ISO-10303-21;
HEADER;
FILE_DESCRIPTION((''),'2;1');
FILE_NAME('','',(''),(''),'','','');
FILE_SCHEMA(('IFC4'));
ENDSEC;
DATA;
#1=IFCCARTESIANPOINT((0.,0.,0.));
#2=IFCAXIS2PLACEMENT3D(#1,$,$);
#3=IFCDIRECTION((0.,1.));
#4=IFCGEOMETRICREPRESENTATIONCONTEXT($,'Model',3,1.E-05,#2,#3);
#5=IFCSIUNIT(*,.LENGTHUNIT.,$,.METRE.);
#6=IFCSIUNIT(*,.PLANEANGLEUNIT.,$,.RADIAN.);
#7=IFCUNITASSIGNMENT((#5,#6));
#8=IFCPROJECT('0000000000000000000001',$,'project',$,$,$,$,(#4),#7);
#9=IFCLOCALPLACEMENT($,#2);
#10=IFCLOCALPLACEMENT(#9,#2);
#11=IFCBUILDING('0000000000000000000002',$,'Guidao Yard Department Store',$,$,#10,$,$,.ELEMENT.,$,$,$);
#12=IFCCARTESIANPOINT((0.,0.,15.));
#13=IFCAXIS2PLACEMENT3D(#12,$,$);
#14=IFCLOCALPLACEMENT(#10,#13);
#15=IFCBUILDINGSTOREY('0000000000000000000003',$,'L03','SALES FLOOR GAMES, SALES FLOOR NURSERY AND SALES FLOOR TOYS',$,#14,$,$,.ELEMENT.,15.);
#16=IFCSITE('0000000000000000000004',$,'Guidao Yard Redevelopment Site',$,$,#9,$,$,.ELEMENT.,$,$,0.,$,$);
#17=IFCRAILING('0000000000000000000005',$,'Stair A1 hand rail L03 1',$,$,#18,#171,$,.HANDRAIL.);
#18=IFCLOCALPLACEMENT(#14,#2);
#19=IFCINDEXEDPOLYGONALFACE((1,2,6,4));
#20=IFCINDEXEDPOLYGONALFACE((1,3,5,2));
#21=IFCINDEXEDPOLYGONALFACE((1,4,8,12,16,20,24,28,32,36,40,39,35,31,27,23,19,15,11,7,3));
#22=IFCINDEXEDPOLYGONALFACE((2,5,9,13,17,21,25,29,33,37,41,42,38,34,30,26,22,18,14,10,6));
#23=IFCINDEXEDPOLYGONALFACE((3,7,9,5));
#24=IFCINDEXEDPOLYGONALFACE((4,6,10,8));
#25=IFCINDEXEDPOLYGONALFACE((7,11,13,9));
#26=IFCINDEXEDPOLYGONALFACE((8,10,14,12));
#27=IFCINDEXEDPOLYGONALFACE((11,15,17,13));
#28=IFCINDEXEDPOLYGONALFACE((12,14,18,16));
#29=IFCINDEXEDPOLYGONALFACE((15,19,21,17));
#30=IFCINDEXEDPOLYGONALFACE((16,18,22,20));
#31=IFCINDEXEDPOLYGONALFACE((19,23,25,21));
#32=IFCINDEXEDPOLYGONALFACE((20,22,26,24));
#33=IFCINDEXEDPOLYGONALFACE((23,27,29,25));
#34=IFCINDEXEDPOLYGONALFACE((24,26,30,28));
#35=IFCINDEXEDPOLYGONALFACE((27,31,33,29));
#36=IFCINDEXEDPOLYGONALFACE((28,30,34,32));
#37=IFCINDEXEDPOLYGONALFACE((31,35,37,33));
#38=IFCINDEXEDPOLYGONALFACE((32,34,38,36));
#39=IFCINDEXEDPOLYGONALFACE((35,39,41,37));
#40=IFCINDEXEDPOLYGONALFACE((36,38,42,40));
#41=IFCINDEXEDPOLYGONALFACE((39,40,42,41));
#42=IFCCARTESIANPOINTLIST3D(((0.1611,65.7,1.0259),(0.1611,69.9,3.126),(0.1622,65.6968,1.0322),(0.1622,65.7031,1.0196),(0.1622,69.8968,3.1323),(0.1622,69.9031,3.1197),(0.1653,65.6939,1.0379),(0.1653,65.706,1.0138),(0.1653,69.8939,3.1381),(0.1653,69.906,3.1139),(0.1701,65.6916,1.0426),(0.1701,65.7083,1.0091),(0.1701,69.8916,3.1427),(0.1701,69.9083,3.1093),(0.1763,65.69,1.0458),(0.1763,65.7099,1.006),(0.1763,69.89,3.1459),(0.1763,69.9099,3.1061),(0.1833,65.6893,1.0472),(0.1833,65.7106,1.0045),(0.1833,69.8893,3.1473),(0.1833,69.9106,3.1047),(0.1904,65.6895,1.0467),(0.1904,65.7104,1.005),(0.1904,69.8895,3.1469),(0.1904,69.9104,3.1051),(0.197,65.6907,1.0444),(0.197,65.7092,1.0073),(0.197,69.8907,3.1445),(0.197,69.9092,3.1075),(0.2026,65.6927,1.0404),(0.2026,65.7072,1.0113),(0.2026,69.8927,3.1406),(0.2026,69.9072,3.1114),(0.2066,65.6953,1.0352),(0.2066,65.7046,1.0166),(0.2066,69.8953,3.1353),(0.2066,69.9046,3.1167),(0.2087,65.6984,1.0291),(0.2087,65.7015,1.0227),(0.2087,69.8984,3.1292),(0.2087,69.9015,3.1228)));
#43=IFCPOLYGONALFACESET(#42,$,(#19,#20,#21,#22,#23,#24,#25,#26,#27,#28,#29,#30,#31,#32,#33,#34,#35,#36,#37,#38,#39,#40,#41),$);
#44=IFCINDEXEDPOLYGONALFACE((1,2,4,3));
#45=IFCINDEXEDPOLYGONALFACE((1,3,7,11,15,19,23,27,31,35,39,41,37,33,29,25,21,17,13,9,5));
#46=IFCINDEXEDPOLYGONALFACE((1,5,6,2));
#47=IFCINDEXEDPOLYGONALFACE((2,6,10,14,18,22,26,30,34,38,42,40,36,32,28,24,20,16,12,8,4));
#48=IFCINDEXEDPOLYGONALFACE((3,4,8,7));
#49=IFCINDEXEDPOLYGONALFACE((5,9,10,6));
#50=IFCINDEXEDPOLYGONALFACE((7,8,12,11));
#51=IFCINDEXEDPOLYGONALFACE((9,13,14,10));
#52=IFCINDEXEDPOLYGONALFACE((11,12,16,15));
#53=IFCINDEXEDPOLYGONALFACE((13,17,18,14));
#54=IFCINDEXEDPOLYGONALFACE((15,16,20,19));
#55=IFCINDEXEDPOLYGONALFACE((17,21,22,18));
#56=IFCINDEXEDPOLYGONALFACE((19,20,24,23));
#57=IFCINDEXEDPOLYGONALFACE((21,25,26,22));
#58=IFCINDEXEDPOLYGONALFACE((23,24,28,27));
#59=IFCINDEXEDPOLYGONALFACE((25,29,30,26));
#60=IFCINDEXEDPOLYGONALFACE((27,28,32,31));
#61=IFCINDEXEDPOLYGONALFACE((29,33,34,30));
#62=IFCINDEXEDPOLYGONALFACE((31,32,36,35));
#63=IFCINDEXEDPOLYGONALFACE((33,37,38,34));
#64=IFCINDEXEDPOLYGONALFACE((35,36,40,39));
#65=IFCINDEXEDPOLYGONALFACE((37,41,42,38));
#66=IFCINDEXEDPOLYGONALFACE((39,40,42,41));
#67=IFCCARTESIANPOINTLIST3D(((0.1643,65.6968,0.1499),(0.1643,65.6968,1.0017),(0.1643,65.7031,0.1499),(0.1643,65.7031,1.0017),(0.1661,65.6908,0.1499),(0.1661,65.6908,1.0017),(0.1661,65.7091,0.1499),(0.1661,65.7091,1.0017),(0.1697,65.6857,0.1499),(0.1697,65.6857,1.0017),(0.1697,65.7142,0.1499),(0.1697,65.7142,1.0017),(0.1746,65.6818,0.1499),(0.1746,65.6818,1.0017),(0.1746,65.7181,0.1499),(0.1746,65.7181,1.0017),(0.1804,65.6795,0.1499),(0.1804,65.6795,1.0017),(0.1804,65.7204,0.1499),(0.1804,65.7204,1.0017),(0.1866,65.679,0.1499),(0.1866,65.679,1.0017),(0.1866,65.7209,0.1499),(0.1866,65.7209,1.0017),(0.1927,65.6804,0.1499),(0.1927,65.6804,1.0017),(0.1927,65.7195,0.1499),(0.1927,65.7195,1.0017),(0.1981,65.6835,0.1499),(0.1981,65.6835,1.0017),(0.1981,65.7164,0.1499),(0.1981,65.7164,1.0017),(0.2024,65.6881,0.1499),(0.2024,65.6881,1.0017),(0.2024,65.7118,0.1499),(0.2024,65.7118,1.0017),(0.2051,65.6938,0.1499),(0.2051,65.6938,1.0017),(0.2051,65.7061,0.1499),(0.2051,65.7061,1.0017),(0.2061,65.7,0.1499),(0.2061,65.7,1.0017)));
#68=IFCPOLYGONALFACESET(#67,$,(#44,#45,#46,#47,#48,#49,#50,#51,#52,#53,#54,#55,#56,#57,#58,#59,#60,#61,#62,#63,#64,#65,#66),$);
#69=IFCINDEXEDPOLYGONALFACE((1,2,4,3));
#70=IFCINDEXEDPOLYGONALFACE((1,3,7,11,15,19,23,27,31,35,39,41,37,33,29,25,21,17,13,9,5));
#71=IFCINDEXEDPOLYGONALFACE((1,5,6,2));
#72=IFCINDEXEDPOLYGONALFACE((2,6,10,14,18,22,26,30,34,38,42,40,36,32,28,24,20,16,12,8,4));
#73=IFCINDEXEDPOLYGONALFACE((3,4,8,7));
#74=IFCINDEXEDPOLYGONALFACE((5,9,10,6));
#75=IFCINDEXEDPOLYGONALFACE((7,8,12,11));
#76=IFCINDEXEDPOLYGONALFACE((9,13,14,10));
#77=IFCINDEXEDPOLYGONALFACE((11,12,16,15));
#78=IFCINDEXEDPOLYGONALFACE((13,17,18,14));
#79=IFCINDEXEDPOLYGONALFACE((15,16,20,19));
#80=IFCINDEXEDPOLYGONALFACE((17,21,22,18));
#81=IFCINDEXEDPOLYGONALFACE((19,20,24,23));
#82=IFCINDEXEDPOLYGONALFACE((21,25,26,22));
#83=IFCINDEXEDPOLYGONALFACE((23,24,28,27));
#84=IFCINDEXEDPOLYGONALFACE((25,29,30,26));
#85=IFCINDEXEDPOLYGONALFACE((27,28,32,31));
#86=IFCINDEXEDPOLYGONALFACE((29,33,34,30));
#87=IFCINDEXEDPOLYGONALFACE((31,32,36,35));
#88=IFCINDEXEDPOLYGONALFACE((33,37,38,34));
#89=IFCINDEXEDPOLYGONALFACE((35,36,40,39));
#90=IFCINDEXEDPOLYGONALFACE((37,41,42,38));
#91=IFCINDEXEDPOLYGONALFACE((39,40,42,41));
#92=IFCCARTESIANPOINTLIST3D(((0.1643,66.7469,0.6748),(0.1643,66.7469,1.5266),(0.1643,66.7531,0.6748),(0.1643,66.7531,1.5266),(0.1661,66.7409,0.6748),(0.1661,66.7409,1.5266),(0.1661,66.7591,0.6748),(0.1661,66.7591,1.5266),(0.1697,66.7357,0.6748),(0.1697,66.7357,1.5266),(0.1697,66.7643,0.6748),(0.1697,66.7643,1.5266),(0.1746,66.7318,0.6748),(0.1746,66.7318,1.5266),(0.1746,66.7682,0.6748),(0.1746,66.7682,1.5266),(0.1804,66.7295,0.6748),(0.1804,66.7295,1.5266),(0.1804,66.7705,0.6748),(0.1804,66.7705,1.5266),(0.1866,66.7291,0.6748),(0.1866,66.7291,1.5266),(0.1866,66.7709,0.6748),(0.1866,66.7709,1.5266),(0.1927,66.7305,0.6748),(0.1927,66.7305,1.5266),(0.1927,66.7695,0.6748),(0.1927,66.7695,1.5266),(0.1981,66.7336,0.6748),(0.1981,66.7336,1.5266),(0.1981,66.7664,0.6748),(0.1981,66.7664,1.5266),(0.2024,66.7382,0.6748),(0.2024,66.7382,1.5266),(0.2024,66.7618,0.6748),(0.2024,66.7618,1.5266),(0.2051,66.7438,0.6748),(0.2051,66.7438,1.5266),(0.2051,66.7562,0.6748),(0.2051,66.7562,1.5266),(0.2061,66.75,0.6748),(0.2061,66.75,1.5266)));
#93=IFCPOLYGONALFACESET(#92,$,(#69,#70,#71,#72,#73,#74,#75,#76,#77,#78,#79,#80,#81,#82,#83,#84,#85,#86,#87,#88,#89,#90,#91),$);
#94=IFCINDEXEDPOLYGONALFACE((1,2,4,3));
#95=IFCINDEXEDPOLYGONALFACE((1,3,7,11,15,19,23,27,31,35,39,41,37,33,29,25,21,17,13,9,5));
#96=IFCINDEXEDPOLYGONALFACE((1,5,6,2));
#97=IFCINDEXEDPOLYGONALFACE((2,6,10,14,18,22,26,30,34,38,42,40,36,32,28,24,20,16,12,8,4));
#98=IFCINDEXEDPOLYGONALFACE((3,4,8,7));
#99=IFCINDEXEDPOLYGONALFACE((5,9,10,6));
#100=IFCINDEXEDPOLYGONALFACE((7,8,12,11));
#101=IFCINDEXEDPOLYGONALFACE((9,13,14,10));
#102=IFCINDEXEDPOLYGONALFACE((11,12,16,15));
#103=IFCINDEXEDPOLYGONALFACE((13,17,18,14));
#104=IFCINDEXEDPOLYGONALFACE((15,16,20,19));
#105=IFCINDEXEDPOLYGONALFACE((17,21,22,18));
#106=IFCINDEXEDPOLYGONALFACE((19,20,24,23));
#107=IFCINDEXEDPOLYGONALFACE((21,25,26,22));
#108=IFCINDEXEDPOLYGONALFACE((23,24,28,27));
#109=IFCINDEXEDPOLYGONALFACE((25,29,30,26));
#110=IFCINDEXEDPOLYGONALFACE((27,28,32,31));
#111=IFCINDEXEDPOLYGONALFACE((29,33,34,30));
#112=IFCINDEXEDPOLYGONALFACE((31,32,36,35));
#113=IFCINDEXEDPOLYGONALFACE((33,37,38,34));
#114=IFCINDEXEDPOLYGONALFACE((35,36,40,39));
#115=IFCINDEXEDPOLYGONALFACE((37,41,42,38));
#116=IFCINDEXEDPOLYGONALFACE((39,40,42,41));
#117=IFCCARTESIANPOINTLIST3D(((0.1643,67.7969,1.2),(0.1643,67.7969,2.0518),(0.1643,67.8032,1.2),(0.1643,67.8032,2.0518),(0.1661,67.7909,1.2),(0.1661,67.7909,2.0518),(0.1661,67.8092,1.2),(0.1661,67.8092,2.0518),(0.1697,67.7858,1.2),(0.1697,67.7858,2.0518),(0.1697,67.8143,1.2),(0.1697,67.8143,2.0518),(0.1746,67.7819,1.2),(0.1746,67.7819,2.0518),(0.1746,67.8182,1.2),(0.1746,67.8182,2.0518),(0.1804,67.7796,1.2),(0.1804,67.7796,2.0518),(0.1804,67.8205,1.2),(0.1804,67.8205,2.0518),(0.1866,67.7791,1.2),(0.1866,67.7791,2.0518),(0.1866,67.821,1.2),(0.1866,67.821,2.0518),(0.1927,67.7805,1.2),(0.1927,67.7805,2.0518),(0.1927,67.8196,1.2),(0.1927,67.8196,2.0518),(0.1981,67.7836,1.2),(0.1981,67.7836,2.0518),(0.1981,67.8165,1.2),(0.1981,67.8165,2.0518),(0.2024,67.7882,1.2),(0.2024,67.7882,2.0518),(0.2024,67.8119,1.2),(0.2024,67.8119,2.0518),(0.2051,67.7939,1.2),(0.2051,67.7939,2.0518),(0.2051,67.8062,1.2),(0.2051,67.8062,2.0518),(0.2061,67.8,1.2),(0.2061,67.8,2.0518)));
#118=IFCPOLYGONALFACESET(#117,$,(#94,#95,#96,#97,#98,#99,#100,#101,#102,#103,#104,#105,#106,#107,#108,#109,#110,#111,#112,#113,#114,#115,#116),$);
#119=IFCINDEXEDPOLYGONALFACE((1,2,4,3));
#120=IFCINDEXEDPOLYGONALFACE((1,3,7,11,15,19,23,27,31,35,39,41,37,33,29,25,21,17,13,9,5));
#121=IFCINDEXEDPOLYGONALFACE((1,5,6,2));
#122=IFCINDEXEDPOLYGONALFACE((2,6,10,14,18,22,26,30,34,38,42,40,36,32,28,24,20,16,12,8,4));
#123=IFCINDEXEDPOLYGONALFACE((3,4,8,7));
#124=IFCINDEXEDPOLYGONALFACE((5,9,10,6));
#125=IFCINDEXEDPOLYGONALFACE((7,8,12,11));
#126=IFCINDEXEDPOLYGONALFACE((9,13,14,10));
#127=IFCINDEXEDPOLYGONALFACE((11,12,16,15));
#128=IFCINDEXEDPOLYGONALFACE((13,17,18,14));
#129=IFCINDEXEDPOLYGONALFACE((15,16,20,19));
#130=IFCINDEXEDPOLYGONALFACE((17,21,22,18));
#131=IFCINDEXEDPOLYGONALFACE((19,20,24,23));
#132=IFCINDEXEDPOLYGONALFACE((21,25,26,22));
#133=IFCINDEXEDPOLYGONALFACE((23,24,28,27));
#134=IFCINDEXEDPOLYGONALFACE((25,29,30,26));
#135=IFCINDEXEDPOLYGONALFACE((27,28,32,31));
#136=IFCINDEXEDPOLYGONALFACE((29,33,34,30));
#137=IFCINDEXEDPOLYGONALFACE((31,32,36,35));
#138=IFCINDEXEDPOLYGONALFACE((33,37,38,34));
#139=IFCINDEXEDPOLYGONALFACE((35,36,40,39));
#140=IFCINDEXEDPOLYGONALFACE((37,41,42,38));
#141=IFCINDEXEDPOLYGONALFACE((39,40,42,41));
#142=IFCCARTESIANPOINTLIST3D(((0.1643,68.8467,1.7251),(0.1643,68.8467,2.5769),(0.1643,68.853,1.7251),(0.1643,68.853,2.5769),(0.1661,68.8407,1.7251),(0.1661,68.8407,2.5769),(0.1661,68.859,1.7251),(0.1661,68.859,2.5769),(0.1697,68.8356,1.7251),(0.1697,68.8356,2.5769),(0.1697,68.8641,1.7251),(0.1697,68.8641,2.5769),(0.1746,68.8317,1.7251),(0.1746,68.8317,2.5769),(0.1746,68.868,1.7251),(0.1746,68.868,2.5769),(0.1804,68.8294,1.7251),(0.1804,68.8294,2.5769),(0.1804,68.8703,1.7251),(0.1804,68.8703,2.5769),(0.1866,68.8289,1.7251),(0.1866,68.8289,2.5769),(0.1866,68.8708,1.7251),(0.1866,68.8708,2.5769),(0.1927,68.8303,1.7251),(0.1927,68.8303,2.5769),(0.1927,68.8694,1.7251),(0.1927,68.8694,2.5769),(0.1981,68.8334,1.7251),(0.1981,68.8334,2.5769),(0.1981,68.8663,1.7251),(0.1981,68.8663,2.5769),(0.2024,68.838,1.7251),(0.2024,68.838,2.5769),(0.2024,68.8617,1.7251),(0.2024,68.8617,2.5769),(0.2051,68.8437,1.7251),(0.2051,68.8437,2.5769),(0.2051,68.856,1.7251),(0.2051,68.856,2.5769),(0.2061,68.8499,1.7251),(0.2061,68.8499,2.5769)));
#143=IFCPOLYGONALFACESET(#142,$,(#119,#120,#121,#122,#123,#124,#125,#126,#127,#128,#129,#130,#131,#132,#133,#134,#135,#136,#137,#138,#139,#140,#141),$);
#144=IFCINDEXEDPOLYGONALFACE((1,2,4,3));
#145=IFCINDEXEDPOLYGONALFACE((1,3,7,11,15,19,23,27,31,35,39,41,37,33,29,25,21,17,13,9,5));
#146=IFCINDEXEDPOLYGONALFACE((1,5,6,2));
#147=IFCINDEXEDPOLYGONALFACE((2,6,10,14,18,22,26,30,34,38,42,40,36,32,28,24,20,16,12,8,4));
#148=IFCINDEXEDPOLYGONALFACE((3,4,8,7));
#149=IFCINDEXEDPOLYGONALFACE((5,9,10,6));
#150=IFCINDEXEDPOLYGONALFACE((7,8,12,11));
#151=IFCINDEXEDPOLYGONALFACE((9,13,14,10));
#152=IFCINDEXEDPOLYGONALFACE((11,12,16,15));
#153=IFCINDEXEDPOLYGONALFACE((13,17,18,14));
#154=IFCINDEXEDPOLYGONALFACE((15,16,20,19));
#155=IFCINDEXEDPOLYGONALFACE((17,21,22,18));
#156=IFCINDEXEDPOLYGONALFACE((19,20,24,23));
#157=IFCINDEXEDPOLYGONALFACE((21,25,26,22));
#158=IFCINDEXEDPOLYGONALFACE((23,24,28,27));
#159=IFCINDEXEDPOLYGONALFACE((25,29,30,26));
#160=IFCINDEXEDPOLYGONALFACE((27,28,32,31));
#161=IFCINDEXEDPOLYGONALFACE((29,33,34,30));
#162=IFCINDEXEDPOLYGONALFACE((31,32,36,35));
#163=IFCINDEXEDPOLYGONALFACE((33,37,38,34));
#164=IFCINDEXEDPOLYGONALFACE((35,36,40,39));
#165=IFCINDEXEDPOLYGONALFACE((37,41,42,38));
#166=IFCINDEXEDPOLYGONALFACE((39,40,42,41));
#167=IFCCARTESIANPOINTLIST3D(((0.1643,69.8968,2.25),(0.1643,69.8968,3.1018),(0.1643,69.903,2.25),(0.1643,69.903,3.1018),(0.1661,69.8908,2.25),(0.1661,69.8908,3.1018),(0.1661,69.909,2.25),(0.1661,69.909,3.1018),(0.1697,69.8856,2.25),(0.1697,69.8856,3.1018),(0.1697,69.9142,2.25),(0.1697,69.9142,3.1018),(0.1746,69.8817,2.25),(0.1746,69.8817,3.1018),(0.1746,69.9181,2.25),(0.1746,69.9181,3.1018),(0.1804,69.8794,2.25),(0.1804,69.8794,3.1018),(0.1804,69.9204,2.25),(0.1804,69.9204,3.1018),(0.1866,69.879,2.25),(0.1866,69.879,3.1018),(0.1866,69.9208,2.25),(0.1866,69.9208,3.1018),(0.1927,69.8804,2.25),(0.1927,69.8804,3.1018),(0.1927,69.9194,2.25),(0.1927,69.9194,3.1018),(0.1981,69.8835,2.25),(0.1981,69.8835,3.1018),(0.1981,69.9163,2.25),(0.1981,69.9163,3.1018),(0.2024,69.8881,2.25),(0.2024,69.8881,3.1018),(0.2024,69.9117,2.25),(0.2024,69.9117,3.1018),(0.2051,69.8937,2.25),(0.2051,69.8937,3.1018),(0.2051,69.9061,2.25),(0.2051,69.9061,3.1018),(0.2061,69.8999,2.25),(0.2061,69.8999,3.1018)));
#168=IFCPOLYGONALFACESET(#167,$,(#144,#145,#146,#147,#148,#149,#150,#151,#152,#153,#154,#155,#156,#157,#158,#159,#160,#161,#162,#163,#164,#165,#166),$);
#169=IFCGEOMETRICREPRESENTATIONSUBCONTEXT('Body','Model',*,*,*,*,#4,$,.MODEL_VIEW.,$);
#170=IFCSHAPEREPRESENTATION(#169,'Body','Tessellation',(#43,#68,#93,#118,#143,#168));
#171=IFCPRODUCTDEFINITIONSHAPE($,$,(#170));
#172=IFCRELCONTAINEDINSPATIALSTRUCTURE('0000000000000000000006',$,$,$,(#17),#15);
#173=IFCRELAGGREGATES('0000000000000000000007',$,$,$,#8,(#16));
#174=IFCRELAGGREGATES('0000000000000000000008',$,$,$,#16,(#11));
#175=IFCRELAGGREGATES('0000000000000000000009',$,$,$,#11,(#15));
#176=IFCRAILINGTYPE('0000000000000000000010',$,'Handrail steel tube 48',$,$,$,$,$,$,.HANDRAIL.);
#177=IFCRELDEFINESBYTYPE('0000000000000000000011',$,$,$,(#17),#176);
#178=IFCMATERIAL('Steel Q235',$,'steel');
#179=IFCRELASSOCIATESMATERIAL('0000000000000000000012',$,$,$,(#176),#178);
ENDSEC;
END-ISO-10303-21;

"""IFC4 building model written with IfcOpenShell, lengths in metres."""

from ifc_helpers import new_model, si_unit, direction, frame, origin, origin_2d, place, context, subcontext, project, spatial, circle, extrude, material, type_object, element, save


model = new_model("IFC4")

# Units and contexts
model_context = context("Model", 3, precision=1e-05, world=origin(), true_north=direction((0.0, 1.0)))
body_context = subcontext(model_context, "Body", "Model", "MODEL_VIEW")
ifc_project = project(units=[si_unit("LENGTHUNIT", "METRE"), si_unit("PLANEANGLEUNIT", "RADIAN")], contexts=[model_context])

# Site, building, storey
site_placement = place(None, origin())
site = spatial("IfcSite", under=ifc_project, at=site_placement, Name="Guidao Yard Redevelopment Site", CompositionType="ELEMENT", RefElevation=0.0)
building_placement = place(site_placement, origin())
building = spatial("IfcBuilding", under=site, at=building_placement, Name="Guidao Yard Department Store", CompositionType="ELEMENT")
storey_placement = place(building_placement, frame((0.0, 0.0, 15.0)))
storey = spatial("IfcBuildingStorey", under=building, at=storey_placement, Name="L03", Description="SALES FLOOR GAMES, SALES FLOOR NURSERY AND SALES FLOOR TOYS", CompositionType="ELEMENT", Elevation=15.0)

# Railing
ifc_material_1 = material(Name="Steel Q235", Category="steel")
railing_type_1 = type_object("IfcRailingType", Name="Handrail steel tube 48", PredefinedType="HANDRAIL", material=ifc_material_1)
for number, where, name in (
    (1, (0.1851, 65.7, 0.1499), "Stair A1 hand rail L03 1"),
):
    element("IfcRailing", number, at=place(storey_placement, frame(where)), inside=storey, type_object=railing_type_1, Name=name, PredefinedType="HANDRAIL", context=body_context, shape_type="SweptSolid", body=[
        extrude(circle(Radius=0.0239, at=origin_2d()), frame((0.0, 0.0, 0.876), z_axis=(0.0, 0.894417, 0.447234), x_axis=(-1.0, 0.0, 0.0)), (0.0, 0.0, 1.0), 4.6958),
        extrude(circle(Radius=0.021, at=origin_2d()), origin(), (0.0, 0.0, 1.0), 0.8518),
        extrude(circle(Radius=0.021, at=origin_2d()), frame((0.0, 1.05, 0.5249)), (0.0, 0.0, 1.0), 0.8518),
        extrude(circle(Radius=0.021, at=origin_2d()), frame((0.0, 2.1001, 1.05)), (0.0, 0.0, 1.0), 0.8518),
        extrude(circle(Radius=0.021, at=origin_2d()), frame((0.0, 3.1499, 1.5752)), (0.0, 0.0, 1.0), 0.8518),
        extrude(circle(Radius=0.021, at=origin_2d()), frame((0.0, 4.2, 2.1001)), (0.0, 0.0, 1.0), 0.8518),
    ])

save(model, "model.ifc")
